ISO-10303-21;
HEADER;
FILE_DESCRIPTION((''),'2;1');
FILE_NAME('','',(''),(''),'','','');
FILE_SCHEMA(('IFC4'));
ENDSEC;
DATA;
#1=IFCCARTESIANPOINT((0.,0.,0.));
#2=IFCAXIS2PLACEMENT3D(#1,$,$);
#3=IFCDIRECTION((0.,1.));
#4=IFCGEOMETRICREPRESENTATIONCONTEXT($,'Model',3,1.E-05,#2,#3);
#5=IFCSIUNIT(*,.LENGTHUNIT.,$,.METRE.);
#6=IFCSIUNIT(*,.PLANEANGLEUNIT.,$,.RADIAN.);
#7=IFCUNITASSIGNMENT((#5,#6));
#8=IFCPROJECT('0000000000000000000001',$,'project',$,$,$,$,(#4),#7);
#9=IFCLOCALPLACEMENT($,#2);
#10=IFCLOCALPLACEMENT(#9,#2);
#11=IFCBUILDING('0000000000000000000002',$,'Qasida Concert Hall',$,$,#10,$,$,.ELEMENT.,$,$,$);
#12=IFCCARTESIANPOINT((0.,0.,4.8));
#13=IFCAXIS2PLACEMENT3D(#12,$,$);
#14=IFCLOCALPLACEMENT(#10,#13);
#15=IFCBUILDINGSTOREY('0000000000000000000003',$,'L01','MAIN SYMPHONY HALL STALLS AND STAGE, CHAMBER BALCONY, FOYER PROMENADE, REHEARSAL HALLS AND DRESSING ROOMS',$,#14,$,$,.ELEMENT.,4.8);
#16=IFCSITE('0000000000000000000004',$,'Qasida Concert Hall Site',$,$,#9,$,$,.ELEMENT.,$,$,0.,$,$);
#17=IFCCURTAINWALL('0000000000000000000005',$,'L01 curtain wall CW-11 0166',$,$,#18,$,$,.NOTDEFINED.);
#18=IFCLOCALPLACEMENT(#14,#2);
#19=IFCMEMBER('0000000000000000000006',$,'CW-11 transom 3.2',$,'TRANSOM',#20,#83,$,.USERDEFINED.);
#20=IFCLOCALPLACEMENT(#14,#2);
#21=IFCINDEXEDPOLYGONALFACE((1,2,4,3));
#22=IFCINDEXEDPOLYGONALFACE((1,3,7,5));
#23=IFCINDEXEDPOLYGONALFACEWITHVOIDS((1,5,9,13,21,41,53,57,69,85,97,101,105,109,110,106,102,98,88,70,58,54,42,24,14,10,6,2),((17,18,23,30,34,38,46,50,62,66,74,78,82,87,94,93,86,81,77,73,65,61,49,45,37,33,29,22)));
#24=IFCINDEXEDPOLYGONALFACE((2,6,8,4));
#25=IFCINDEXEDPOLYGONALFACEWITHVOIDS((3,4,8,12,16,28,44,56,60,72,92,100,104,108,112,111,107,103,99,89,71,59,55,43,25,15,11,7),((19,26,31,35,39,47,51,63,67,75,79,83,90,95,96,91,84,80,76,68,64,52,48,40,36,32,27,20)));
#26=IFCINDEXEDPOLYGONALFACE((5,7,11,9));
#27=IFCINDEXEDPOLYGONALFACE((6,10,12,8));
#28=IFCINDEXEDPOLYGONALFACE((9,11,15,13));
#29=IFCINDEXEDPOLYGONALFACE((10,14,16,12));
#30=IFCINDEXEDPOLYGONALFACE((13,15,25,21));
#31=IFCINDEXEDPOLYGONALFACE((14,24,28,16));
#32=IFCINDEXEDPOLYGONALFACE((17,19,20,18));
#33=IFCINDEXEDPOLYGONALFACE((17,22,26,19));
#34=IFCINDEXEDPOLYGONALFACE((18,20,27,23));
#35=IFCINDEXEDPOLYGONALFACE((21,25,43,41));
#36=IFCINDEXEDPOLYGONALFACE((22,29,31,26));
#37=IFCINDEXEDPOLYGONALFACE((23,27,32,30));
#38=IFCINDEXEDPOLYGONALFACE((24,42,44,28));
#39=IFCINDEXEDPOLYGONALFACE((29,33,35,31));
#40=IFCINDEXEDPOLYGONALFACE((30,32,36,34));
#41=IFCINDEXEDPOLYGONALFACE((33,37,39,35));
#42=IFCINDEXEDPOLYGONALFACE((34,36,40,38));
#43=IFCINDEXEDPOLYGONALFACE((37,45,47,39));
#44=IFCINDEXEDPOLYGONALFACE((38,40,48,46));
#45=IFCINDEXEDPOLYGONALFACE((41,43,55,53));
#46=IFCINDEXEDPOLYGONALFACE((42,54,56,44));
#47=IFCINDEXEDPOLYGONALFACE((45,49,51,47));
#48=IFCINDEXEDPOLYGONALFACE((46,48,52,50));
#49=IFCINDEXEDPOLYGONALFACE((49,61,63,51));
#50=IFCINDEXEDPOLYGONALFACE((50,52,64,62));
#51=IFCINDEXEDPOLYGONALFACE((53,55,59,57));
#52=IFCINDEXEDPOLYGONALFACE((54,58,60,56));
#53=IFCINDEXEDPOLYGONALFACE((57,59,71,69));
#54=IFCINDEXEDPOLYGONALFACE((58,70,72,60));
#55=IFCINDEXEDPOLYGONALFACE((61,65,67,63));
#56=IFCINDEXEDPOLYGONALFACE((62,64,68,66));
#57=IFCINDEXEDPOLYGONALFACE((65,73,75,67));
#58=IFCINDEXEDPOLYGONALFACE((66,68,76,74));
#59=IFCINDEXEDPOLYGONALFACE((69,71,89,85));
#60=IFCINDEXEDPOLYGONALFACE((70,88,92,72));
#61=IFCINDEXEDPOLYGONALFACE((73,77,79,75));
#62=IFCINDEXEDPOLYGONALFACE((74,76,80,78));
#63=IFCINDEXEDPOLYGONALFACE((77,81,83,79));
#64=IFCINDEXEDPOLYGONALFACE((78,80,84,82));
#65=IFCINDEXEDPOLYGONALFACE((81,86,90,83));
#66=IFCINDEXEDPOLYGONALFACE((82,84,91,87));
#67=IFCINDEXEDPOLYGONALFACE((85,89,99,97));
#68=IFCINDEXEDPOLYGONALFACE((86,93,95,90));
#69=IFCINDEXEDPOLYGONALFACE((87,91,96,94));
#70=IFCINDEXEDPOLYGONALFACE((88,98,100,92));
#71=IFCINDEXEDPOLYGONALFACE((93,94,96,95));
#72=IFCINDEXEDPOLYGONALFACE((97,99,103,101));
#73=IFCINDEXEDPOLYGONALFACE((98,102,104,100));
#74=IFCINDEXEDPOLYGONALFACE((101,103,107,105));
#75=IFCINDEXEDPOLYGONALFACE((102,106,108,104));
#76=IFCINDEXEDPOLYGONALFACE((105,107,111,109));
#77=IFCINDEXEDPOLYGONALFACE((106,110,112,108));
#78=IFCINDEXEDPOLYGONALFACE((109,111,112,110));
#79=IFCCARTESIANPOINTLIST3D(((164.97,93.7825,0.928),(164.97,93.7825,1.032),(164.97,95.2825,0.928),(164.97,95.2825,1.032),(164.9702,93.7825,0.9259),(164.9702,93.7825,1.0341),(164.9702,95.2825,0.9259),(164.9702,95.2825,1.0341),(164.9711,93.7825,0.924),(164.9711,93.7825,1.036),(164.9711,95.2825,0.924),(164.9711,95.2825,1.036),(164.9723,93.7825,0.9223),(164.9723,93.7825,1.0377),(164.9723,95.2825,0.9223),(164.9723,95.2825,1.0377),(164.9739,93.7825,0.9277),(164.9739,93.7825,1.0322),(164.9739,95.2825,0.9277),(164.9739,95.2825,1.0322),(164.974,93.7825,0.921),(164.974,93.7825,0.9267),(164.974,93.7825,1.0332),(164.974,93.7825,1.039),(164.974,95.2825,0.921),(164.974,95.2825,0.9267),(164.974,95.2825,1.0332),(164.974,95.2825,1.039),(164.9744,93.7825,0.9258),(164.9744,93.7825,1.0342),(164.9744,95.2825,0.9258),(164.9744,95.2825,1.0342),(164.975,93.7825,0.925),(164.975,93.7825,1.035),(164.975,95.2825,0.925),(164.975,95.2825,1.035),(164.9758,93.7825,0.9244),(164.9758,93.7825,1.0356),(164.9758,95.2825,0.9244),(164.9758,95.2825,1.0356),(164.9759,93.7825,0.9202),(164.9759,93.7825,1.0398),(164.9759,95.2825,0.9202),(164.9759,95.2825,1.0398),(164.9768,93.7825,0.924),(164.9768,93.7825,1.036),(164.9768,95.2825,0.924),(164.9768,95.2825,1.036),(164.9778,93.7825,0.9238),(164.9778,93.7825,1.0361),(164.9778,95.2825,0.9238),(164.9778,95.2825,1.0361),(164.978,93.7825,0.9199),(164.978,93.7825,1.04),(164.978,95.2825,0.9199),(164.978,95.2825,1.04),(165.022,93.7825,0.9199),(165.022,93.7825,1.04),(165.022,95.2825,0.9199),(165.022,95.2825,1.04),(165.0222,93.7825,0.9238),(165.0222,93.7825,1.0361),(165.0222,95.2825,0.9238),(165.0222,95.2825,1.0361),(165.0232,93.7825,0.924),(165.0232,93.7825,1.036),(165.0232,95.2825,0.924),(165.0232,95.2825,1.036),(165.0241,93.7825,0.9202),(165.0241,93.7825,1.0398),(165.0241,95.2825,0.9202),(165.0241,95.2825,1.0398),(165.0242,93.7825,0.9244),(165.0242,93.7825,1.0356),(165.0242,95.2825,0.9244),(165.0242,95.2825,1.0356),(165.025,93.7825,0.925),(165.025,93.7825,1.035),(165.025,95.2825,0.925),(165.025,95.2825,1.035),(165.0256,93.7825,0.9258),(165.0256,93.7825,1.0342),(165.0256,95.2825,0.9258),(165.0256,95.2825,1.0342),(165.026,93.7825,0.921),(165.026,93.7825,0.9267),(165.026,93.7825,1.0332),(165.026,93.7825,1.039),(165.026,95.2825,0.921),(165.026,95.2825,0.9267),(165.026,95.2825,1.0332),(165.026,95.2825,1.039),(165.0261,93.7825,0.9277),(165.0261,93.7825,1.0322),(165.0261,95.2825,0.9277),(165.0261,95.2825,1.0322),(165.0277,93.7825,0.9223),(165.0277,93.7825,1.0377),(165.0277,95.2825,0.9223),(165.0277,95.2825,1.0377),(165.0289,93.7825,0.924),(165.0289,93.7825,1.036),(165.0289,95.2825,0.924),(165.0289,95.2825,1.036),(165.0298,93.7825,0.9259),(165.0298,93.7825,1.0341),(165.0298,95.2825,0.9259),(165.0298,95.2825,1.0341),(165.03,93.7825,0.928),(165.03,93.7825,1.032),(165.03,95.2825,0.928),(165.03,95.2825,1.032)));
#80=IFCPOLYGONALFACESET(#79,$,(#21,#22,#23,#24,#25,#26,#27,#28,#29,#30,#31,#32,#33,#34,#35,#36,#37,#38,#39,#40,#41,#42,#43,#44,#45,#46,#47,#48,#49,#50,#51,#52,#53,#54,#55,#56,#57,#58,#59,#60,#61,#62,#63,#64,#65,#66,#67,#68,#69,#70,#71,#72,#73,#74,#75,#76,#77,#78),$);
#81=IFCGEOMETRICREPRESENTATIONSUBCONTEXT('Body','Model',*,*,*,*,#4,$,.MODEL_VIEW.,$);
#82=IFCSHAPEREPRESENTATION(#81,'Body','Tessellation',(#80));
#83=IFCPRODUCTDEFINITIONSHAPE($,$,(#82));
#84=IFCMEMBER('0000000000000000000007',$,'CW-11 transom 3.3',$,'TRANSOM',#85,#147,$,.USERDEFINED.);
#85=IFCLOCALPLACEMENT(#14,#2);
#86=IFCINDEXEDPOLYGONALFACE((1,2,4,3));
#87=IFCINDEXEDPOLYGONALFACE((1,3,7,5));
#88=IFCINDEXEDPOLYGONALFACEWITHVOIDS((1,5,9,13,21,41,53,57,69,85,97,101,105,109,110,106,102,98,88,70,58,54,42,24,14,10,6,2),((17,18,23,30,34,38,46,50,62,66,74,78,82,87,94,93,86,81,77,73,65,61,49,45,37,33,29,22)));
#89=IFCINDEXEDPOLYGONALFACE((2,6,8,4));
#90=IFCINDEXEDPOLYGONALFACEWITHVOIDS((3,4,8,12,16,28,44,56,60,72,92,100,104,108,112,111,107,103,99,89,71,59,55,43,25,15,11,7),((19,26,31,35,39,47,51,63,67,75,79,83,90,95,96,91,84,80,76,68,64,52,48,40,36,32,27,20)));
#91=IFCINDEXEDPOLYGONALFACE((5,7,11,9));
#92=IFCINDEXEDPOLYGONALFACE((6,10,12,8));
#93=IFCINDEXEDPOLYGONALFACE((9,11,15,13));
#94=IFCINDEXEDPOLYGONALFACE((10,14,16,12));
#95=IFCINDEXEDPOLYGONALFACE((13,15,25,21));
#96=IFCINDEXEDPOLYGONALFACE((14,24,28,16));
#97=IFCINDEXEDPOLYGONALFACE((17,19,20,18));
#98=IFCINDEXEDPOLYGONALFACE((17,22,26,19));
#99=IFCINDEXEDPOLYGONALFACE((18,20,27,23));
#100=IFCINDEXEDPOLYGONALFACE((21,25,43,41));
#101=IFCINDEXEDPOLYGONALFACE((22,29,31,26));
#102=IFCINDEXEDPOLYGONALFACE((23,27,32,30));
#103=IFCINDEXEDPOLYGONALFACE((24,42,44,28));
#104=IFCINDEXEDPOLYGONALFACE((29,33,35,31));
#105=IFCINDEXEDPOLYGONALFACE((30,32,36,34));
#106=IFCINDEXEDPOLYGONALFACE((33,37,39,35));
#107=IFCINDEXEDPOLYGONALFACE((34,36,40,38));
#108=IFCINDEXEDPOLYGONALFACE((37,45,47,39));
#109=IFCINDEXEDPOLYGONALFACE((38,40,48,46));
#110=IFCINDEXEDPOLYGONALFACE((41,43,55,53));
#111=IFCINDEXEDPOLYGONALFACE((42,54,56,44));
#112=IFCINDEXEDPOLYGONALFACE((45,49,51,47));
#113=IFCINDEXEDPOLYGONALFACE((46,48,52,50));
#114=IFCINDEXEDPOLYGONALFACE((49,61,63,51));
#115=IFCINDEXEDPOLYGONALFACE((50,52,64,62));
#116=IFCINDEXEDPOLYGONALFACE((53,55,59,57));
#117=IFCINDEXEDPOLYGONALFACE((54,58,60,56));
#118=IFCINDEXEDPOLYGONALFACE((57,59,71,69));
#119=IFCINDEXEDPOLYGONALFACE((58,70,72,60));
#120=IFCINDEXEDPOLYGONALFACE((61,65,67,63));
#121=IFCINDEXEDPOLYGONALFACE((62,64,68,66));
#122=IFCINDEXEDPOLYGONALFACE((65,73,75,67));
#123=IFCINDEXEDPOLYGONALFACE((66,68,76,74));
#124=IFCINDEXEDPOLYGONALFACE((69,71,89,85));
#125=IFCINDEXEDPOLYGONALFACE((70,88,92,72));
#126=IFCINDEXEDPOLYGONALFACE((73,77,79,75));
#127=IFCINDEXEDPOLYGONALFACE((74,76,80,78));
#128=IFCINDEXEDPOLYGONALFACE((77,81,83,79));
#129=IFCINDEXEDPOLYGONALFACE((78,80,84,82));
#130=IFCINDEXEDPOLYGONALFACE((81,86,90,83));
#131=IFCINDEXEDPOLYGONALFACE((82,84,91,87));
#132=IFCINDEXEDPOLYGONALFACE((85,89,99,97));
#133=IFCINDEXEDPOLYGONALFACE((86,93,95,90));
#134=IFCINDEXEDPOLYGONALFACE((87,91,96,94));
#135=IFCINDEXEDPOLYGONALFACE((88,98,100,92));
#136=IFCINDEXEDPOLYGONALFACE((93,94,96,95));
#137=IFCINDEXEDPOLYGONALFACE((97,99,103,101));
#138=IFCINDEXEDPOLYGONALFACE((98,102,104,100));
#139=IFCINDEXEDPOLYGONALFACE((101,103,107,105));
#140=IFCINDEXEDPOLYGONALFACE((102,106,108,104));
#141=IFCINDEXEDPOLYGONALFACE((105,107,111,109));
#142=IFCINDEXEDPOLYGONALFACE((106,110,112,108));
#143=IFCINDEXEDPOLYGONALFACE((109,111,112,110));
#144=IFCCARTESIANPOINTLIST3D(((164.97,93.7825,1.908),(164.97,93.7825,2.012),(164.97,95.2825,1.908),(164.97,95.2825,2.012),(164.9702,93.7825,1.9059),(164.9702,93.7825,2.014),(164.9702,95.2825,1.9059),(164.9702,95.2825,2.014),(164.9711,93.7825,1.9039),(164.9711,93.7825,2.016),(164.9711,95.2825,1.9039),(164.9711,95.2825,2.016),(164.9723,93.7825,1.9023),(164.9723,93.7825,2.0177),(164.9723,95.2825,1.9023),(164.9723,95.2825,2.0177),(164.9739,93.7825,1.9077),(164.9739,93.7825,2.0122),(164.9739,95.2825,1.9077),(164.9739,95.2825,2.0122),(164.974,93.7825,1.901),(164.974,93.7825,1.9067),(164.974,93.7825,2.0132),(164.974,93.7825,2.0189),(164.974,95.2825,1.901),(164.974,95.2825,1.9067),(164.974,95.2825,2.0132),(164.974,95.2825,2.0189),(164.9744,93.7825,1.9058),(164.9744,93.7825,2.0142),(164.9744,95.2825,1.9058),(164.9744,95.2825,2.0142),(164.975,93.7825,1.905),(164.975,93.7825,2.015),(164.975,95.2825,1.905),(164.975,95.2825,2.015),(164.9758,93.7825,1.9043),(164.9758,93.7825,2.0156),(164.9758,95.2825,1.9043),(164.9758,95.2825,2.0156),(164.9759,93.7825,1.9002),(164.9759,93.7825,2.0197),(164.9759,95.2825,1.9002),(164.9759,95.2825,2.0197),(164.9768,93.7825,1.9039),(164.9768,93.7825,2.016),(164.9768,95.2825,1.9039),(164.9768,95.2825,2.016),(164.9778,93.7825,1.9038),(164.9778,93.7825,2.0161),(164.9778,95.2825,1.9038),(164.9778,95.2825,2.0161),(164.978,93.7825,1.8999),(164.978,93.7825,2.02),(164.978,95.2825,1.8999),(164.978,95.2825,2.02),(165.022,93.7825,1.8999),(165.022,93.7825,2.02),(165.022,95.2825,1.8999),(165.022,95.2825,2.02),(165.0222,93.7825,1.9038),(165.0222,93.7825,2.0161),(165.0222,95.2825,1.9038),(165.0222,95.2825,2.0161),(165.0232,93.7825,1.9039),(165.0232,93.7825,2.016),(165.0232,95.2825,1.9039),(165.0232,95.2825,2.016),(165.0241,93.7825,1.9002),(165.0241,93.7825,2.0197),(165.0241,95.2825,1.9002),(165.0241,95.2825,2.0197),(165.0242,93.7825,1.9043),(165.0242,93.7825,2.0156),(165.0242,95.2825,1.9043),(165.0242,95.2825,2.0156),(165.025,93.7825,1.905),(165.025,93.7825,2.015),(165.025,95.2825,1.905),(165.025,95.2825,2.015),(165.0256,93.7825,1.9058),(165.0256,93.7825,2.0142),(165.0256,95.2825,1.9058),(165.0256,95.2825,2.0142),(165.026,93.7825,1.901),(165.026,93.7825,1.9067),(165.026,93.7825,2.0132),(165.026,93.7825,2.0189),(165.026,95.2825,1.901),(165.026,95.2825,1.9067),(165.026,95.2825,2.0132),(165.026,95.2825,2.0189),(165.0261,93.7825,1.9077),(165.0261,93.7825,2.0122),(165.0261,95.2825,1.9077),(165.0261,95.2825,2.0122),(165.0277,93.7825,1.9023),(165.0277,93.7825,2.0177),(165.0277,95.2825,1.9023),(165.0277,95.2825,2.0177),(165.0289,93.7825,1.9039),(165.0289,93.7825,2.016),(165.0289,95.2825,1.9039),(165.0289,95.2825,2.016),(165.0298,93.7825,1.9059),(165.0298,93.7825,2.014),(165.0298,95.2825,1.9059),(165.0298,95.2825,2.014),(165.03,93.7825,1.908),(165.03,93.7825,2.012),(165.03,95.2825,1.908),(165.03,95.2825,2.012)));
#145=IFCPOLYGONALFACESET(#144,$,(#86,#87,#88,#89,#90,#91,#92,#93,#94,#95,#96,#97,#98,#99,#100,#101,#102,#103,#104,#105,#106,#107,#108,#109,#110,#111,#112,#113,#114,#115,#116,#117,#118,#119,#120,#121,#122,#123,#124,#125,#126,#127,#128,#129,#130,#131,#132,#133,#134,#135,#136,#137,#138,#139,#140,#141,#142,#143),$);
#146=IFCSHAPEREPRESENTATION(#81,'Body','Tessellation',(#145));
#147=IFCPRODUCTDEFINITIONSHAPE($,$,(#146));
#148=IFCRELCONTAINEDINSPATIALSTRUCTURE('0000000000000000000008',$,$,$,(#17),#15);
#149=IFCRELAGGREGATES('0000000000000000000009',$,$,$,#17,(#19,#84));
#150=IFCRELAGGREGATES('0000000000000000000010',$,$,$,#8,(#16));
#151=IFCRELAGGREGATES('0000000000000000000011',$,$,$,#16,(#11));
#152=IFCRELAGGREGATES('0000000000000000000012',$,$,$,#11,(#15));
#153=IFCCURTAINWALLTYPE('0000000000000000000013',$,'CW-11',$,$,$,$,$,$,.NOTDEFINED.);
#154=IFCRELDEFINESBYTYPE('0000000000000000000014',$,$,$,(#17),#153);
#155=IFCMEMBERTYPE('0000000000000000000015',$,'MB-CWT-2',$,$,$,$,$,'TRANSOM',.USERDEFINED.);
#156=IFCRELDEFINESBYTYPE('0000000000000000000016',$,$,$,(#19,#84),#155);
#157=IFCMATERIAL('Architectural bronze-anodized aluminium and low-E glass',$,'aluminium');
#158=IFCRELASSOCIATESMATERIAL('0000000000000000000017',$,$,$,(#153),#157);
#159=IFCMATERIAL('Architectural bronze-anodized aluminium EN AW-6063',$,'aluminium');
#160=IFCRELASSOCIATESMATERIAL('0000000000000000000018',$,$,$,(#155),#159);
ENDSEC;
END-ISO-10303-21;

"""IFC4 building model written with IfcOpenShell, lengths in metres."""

from ifc_helpers import new_model, si_unit, direction, frame, origin, origin_2d, place, context, subcontext, project, spatial, hollow_rectangle, extrude, material, material_profile, profile_set, type_object, element, aggregate, save


model = new_model("IFC4")

# Units and contexts
model_context = context("Model", 3, precision=1e-05, world=origin(), true_north=direction((0.0, 1.0)))
body_context = subcontext(model_context, "Body", "Model", "MODEL_VIEW")
ifc_project = project(units=[si_unit("LENGTHUNIT", "METRE"), si_unit("PLANEANGLEUNIT", "RADIAN")], contexts=[model_context])

# Site, building, storey
site_placement = place(None, origin())
site = spatial("IfcSite", under=ifc_project, at=site_placement, Name="Qasida Concert Hall Site", CompositionType="ELEMENT", RefElevation=0.0)
building_placement = place(site_placement, origin())
building = spatial("IfcBuilding", under=site, at=building_placement, Name="Qasida Concert Hall", CompositionType="ELEMENT")
storey_placement = place(building_placement, frame((0.0, 0.0, 4.8)))
storey = spatial("IfcBuildingStorey", under=building, at=storey_placement, Name="L01", Description="MAIN SYMPHONY HALL STALLS AND STAGE, CHAMBER BALCONY, FOYER PROMENADE, REHEARSAL HALLS AND DRESSING ROOMS", CompositionType="ELEMENT", Elevation=4.8)

# Curtain wall, members
ifc_material_1 = material(Name="Architectural bronze-anodized aluminium and low-E glass", Category="aluminium")
curtain_wall_type = type_object("IfcCurtainWallType", Name="CW-11", PredefinedType="NOTDEFINED", material=ifc_material_1)
curtain_wall_placement = place(storey_placement, origin())
curtain_wall = element("IfcCurtainWall", 1, at=curtain_wall_placement, inside=storey, type_object=curtain_wall_type, Name="L01 curtain wall CW-11 0166", PredefinedType="NOTDEFINED")
ifc_material_2 = material(Name="Architectural bronze-anodized aluminium EN AW-6063", Category="aluminium")
ifc_material_profile_1 = material_profile(ifc_material_2, hollow_rectangle(XDim=0.0601, YDim=0.1201, WallThickness=0.0039, InnerFilletRadius=0.0039, OuterFilletRadius=0.0081, at=origin_2d()), Name="CWT 120x60x4")
ifc_profile_set_1 = profile_set([ifc_material_profile_1], Name="Architectural bronze-anodized aluminium EN AW-6063")
member_type_1 = type_object("IfcMemberType", Name="MB-CWT-2", ElementType="TRANSOM", PredefinedType="USERDEFINED", material=ifc_profile_set_1)
member_1_placement = place(storey_placement, frame((165.0, 93.7825, 0.98), z_axis=(0.0, 1.0, 0.0), x_axis=(-1.0, 0.0, 0.0)))
member_1 = element("IfcMember", 2, at=member_1_placement, type_object=member_type_1, Name="CW-11 transom 3.2", ObjectType="TRANSOM", PredefinedType="USERDEFINED", context=body_context, shape_type="SweptSolid", body=[
    extrude(hollow_rectangle(XDim=0.0601, YDim=0.1201, WallThickness=0.0039, InnerFilletRadius=0.0039, OuterFilletRadius=0.0081, at=origin_2d()), origin(), (0.0, 0.0, 1.0), 1.5),
])
member_2_placement = place(storey_placement, frame((165.0, 93.7825, 1.96), z_axis=(0.0, 1.0, 0.0), x_axis=(-1.0, 0.0, 0.0)))
member_2 = element("IfcMember", 3, at=member_2_placement, type_object=member_type_1, Name="CW-11 transom 3.3", ObjectType="TRANSOM", PredefinedType="USERDEFINED", context=body_context, shape_type="SweptSolid", body=[
    extrude(hollow_rectangle(XDim=0.0601, YDim=0.1201, WallThickness=0.0039, InnerFilletRadius=0.0039, OuterFilletRadius=0.0081, at=origin_2d()), origin(), (0.0, 0.0, 1.0), 1.5),
])
aggregate(curtain_wall, [member_1, member_2])

save(model, "model.ifc")
